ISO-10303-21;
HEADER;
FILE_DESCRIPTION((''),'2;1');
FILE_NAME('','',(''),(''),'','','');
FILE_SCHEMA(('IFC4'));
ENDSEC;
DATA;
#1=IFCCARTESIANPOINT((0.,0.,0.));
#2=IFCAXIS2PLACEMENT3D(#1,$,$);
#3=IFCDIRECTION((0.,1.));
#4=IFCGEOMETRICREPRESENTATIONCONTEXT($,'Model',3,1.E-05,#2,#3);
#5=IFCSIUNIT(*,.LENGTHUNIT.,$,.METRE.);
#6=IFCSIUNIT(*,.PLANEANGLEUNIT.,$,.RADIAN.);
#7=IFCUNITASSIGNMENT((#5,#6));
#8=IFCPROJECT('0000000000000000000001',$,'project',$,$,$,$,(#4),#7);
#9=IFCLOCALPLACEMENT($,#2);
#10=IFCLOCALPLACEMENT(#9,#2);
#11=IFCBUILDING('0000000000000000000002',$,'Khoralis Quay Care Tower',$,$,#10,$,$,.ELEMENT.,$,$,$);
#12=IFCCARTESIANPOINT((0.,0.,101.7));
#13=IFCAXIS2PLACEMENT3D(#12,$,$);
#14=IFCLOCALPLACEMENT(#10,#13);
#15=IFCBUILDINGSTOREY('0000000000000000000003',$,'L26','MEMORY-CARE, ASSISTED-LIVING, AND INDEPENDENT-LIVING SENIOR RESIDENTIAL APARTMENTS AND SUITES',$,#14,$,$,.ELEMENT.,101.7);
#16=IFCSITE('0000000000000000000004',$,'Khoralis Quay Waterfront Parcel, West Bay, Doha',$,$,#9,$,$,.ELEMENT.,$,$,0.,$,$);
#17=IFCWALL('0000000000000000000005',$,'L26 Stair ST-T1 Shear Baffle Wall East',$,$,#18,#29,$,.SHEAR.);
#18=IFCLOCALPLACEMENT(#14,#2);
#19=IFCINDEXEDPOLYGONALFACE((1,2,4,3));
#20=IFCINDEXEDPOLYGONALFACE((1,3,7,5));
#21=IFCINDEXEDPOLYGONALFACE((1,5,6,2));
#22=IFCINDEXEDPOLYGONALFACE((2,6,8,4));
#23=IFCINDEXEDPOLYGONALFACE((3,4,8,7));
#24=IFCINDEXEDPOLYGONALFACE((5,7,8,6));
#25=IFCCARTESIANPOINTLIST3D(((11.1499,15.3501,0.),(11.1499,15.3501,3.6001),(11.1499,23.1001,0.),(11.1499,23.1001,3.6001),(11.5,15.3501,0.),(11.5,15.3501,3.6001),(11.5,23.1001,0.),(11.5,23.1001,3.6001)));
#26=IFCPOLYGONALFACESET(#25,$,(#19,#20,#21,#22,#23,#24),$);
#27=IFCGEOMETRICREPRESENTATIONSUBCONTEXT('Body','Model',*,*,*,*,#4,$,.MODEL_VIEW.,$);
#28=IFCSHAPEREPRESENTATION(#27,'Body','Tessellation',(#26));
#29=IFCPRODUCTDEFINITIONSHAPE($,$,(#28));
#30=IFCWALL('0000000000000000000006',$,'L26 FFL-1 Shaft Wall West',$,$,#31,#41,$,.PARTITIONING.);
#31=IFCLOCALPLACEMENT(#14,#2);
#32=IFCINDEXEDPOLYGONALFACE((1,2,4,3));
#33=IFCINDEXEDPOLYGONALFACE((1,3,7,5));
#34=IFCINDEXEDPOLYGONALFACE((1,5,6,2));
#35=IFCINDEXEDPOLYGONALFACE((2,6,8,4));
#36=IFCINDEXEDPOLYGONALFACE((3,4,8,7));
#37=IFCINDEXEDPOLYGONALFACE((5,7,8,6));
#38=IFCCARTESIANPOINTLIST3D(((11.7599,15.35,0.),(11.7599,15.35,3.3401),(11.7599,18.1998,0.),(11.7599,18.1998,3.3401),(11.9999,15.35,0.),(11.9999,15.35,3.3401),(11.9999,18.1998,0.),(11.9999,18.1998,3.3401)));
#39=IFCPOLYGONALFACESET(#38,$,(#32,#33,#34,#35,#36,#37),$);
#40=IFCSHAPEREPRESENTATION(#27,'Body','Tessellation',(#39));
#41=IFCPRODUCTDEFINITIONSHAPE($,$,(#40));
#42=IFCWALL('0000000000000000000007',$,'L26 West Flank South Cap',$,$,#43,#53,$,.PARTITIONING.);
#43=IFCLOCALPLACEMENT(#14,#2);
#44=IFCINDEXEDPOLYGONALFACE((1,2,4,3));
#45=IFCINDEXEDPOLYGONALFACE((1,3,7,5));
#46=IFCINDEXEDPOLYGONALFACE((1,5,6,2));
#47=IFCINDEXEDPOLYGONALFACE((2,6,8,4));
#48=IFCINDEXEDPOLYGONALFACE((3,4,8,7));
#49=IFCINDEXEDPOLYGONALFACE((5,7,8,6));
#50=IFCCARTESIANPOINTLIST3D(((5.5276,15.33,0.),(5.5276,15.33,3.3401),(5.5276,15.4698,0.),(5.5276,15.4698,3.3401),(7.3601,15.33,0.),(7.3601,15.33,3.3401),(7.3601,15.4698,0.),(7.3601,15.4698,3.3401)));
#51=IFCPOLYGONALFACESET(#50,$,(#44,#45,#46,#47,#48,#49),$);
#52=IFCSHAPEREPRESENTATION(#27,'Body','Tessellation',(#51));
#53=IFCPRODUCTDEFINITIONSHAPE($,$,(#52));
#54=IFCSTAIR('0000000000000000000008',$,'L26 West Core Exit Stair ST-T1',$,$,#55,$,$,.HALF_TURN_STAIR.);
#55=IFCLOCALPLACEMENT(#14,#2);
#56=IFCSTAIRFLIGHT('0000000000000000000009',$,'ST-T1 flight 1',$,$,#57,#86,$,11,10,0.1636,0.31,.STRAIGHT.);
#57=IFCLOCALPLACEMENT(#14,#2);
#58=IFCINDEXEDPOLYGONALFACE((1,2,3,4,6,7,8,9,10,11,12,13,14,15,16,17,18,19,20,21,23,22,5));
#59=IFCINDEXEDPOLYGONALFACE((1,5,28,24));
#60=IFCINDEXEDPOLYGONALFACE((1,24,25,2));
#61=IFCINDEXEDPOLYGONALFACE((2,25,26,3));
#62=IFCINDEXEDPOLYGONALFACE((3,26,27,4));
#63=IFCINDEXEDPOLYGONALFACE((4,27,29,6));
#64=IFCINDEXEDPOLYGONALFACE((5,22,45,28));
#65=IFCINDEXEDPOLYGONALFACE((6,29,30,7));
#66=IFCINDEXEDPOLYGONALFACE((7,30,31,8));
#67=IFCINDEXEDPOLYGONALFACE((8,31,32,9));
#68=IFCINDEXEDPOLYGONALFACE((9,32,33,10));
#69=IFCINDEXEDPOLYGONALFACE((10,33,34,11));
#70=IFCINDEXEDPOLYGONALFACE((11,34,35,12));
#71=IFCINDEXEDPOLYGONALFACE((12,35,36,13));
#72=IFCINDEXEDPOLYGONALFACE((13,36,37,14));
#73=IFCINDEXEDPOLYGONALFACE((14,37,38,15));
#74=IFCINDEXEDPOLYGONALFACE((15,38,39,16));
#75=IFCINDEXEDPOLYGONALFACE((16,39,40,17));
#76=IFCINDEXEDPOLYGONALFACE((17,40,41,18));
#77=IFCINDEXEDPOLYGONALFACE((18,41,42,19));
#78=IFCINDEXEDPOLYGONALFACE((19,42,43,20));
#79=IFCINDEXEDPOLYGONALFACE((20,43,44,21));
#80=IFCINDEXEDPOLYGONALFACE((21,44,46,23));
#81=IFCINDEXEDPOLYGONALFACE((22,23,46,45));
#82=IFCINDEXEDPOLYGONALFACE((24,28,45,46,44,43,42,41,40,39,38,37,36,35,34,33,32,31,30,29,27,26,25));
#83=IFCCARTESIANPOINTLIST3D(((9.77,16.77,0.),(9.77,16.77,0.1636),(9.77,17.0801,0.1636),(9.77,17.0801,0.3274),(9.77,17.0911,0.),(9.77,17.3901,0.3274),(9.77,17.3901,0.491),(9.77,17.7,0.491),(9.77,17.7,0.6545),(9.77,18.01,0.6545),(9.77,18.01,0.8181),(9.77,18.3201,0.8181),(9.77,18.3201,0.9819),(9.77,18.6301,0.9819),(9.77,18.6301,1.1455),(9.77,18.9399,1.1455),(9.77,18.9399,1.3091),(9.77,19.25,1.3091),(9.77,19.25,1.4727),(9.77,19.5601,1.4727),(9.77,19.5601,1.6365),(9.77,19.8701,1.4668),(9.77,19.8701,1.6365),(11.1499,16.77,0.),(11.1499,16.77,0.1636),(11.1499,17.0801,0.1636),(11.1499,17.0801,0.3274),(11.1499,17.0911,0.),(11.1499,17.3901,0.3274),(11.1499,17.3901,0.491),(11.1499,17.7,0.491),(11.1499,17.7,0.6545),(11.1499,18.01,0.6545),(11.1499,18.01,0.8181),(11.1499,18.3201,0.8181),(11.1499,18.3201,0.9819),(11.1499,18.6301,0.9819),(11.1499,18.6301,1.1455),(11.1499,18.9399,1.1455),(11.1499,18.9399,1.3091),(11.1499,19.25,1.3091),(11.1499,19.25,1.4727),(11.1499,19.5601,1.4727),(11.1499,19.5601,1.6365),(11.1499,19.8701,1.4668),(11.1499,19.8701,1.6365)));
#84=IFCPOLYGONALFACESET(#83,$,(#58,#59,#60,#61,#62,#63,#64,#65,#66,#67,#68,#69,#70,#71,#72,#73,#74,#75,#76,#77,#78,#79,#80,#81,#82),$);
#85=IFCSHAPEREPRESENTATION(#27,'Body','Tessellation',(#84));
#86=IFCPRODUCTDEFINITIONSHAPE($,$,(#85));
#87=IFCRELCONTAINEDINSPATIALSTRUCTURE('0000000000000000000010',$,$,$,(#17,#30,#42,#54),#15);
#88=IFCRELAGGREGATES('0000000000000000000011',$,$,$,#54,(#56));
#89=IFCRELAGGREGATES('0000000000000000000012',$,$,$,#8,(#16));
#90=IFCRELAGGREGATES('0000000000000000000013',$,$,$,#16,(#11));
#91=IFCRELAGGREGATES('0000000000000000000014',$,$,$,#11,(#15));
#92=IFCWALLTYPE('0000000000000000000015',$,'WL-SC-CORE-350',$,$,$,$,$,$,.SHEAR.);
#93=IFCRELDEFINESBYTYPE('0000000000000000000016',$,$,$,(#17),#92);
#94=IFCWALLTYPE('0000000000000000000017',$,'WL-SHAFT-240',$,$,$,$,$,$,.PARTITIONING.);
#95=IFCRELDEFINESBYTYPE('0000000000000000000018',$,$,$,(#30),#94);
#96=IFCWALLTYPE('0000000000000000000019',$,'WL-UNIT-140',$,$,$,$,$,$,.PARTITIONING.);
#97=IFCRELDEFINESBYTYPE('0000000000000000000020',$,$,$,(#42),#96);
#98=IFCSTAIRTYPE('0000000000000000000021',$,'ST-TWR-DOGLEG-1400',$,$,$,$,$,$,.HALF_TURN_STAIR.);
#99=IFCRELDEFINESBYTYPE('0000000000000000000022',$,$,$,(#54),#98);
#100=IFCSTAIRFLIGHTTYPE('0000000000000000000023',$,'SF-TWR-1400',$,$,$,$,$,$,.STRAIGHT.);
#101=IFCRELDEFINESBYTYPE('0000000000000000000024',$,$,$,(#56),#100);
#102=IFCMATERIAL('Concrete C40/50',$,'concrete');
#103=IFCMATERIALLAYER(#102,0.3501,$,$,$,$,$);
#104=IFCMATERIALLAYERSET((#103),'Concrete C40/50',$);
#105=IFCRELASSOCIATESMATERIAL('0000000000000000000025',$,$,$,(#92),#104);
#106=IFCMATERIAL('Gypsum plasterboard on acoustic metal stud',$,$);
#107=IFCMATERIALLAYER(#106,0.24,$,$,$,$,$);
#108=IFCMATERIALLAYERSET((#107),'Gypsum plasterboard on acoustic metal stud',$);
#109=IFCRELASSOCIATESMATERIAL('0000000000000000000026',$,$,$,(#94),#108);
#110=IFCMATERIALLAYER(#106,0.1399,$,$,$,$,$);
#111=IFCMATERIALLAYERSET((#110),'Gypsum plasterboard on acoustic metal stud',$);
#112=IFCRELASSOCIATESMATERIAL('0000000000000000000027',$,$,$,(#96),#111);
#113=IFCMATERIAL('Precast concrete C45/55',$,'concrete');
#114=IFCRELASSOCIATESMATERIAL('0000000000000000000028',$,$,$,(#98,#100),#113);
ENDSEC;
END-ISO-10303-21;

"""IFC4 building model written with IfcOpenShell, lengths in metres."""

from ifc_helpers import new_model, si_unit, direction, frame, frame_2d, origin, place, context, subcontext, project, spatial, polyline, rectangle, outline, extrude, source, transform, mapped, material, layer, layer_set, type_object, element, aggregate, save


model = new_model("IFC4")

# Units and contexts
model_context = context("Model", 3, precision=1e-05, world=origin(), true_north=direction((0.0, 1.0)))
body_context = subcontext(model_context, "Body", "Model", "MODEL_VIEW")
ifc_project = project(units=[si_unit("LENGTHUNIT", "METRE"), si_unit("PLANEANGLEUNIT", "RADIAN")], contexts=[model_context])

# Site, building, storey
site_placement = place(None, origin())
site = spatial("IfcSite", under=ifc_project, at=site_placement, Name="Khoralis Quay Waterfront Parcel, West Bay, Doha", CompositionType="ELEMENT", RefElevation=0.0)
building_placement = place(site_placement, origin())
building = spatial("IfcBuilding", under=site, at=building_placement, Name="Khoralis Quay Care Tower", CompositionType="ELEMENT")
storey_placement = place(building_placement, frame((0.0, 0.0, 101.7)))
storey = spatial("IfcBuildingStorey", under=building, at=storey_placement, Name="L26", Description="MEMORY-CARE, ASSISTED-LIVING, AND INDEPENDENT-LIVING SENIOR RESIDENTIAL APARTMENTS AND SUITES", CompositionType="ELEMENT", Elevation=101.7)

# Shared definitions
ifc_material_1 = material(Name="Gypsum plasterboard on acoustic metal stud")

# Walls
ifc_material_2 = material(Name="Concrete C40/50", Category="concrete")
ifc_layer_1 = layer(ifc_material_2, 0.3501)
ifc_layer_set_1 = layer_set([ifc_layer_1], Name="Concrete C40/50")
wall_type_1 = type_object("IfcWallType", Name="WL-SC-CORE-350", PredefinedType="SHEAR", material=ifc_layer_set_1)
wall_1_placement = place(storey_placement, frame((11.325, 15.3501, 0.0), z_axis=(0.0, 0.0, 1.0), x_axis=(0.0, 1.0, 0.0)))
element("IfcWall", 1, at=wall_1_placement, inside=storey, type_object=wall_type_1, Name="L26 Stair ST-T1 Shear Baffle Wall East", PredefinedType="SHEAR", context=body_context, shape_type="SweptSolid", body=[
    extrude(rectangle(XDim=7.75, YDim=0.3501, at=frame_2d((3.875, 0.0))), origin(), (0.0, 0.0, 1.0), 3.6001),
])
ifc_layer_2 = layer(ifc_material_1, 0.24)
ifc_layer_set_2 = layer_set([ifc_layer_2], Name="Gypsum plasterboard on acoustic metal stud")
wall_type_2 = type_object("IfcWallType", Name="WL-SHAFT-240", PredefinedType="PARTITIONING", material=ifc_layer_set_2)
wall_2_placement = place(storey_placement, frame((11.8799, 15.3501, 0.0), z_axis=(0.0, 0.0, 1.0), x_axis=(0.0, 1.0, 0.0)))
element("IfcWall", 2, at=wall_2_placement, inside=storey, type_object=wall_type_2, Name="L26 FFL-1 Shaft Wall West", PredefinedType="PARTITIONING", context=body_context, shape_type="SweptSolid", body=[
    extrude(rectangle(XDim=2.8499, YDim=0.24, at=frame_2d((1.4248, 0.0))), origin(), (0.0, 0.0, 1.0), 3.3401),
])
ifc_layer_3 = layer(ifc_material_1, 0.1399)
ifc_layer_set_3 = layer_set([ifc_layer_3], Name="Gypsum plasterboard on acoustic metal stud")
wall_type_3 = type_object("IfcWallType", Name="WL-UNIT-140", PredefinedType="PARTITIONING", material=ifc_layer_set_3)
wall_3_placement = place(storey_placement, frame((5.5276, 15.3999, 0.0), z_axis=(0.0, 0.0, 1.0), x_axis=(1.0, 0.0, 0.0)))
element("IfcWall", 3, at=wall_3_placement, inside=storey, type_object=wall_type_3, Name="L26 West Flank South Cap", PredefinedType="PARTITIONING", context=body_context, shape_type="SweptSolid", body=[
    extrude(rectangle(XDim=1.8325, YDim=0.1399, at=frame_2d((0.9163, 0.0))), origin(), (0.0, 0.0, 1.0), 3.3401),
])

# Stair, stair flight
ifc_material_3 = material(Name="Precast concrete C45/55", Category="concrete")
stair_type = type_object("IfcStairType", Name="ST-TWR-DOGLEG-1400", PredefinedType="HALF_TURN_STAIR", material=ifc_material_3)
stair_placement = place(storey_placement, origin())
stair = element("IfcStair", 4, at=stair_placement, inside=storey, type_object=stair_type, Name="L26 West Core Exit Stair ST-T1", PredefinedType="HALF_TURN_STAIR")
stair_flight_type = type_object("IfcStairFlightType", Name="SF-TWR-1400", PredefinedType="STRAIGHT", material=ifc_material_3)
shared_shape_1 = source(origin(), body_context, "Body", "SweptSolid", [
    extrude(outline(polyline([(0.0, 0.0), (0.0, 0.1636), (0.3101, 0.1636), (0.3101, 0.3274), (0.6201, 0.3274), (0.6201, 0.491), (0.9299, 0.491), (0.9299, 0.6545), (1.24, 0.6545), (1.24, 0.8181), (1.55, 0.8181), (1.55, 0.9819), (1.8601, 0.9819), (1.8601, 1.1455), (2.1699, 1.1455), (2.1699, 1.3091), (2.48, 1.3091), (2.48, 1.4727), (2.79, 1.4727), (2.79, 1.6365), (3.1001, 1.6365), (3.1001, 1.8), (3.1001, 1.4668), (0.321, 0.0), (0.0, 0.0)])), frame((0.0, 0.6899, 0.0), z_axis=(0.0, -1.0, 0.0), x_axis=(1.0, 0.0, 0.0)), (0.0, 0.0, 1.0), 1.3799),
])
stair_flight_placement = place(storey_placement, frame((10.46, 16.77, 0.0), z_axis=(0.0, 0.0, 1.0), x_axis=(0.0, 1.0, 0.0)))
stair_flight = element("IfcStairFlight", 5, at=stair_flight_placement, type_object=stair_flight_type, Name="ST-T1 flight 1", NumberOfRisers=11, NumberOfTreads=10, PredefinedType="STRAIGHT", RiserHeight=0.1636, TreadLength=0.31, context=body_context, shape_type="MappedRepresentation", body=[
    mapped(shared_shape_1, transform((0.0, 0.0, 0.0), scale=1.0)),
])
aggregate(stair, [stair_flight])

save(model, "model.ifc")
